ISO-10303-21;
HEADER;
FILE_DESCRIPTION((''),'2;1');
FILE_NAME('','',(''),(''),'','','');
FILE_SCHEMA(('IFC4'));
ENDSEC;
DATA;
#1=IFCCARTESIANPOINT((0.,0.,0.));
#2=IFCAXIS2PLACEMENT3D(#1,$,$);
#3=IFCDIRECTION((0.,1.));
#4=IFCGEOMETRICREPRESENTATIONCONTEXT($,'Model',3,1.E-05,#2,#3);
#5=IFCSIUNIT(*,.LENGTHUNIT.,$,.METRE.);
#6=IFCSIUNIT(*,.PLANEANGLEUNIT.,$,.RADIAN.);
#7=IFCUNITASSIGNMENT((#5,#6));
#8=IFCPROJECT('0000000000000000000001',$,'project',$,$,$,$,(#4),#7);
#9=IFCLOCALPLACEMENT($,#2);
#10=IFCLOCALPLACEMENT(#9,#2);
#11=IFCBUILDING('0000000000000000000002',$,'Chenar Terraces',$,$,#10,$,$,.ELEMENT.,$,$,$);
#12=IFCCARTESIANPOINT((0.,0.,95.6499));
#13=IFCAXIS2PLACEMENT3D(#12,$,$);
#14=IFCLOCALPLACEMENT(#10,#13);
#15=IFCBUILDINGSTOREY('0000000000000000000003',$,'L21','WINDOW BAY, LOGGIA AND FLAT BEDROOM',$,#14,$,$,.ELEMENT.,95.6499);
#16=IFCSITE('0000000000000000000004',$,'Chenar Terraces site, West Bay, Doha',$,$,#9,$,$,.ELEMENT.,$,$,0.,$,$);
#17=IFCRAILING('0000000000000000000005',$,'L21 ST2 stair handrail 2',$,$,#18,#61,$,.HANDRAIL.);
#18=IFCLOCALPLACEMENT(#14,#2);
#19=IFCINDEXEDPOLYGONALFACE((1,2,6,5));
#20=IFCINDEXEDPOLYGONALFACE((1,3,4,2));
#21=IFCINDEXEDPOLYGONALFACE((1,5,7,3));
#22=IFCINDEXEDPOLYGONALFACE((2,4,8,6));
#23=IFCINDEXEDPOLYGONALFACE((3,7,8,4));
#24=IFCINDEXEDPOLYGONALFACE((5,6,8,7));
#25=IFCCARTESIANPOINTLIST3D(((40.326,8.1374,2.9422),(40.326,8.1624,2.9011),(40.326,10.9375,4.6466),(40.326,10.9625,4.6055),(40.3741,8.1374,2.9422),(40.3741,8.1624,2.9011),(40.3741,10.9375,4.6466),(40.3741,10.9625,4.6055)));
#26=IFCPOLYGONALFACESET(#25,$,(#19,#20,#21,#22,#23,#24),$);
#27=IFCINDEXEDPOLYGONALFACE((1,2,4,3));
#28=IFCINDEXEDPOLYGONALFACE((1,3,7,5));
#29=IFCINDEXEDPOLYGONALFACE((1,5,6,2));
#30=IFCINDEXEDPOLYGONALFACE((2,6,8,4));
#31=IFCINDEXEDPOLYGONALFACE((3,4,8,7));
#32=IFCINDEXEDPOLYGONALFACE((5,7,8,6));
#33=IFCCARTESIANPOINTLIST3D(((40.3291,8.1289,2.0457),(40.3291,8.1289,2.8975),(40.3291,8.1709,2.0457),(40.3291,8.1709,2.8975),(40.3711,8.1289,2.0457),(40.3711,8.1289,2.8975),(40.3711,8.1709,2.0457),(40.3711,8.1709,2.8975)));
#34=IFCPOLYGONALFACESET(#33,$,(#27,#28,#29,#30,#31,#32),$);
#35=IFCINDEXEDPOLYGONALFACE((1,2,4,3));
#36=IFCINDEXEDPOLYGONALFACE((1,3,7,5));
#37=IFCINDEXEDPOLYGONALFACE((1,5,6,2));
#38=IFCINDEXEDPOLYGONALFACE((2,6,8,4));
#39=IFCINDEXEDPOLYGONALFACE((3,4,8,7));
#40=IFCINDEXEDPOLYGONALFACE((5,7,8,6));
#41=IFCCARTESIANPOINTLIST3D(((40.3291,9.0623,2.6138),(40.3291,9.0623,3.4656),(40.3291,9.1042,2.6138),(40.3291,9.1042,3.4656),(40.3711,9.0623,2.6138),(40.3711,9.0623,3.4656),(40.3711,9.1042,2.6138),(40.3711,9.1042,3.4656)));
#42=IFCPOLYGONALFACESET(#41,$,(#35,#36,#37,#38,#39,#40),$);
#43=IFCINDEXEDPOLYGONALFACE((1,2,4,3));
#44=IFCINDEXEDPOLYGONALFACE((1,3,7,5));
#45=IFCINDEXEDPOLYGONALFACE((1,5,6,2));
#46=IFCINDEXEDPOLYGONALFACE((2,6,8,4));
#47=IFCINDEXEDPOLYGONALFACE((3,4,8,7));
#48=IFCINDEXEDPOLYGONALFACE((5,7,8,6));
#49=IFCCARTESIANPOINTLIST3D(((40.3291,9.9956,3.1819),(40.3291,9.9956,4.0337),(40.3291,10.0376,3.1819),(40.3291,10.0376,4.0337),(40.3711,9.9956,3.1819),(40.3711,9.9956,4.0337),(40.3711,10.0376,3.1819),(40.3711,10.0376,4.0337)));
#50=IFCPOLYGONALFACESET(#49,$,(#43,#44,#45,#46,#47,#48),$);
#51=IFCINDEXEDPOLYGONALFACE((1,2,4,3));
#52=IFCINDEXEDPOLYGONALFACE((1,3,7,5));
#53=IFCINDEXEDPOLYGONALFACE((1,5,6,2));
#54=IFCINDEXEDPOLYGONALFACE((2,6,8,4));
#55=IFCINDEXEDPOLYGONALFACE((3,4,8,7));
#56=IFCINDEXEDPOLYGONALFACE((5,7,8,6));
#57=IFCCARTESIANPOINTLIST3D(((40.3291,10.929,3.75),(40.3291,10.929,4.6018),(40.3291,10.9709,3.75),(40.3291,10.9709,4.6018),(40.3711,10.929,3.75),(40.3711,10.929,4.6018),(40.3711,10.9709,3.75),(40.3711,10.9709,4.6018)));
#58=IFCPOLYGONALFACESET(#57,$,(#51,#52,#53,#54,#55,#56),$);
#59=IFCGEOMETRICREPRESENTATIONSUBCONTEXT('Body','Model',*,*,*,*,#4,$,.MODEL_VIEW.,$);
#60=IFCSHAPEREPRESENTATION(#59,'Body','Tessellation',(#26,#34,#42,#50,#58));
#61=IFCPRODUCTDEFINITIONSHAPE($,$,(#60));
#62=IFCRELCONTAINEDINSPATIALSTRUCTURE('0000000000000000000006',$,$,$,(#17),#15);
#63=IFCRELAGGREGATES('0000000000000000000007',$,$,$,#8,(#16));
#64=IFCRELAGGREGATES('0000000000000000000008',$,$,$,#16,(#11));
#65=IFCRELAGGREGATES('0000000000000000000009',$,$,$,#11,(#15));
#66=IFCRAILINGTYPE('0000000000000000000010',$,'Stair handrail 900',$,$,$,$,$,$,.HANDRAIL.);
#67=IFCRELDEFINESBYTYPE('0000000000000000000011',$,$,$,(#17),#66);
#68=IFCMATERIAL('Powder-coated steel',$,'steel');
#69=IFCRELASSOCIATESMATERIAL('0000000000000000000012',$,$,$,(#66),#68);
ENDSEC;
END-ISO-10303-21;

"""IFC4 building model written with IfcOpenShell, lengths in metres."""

from ifc_helpers import new_model, si_unit, direction, frame, origin, origin_2d, place, context, subcontext, project, spatial, rectangle, extrude, material, type_object, element, save


model = new_model("IFC4")

# Units and contexts
model_context = context("Model", 3, precision=1e-05, world=origin(), true_north=direction((0.0, 1.0)))
body_context = subcontext(model_context, "Body", "Model", "MODEL_VIEW")
ifc_project = project(units=[si_unit("LENGTHUNIT", "METRE"), si_unit("PLANEANGLEUNIT", "RADIAN")], contexts=[model_context])

# Site, building, storey
site_placement = place(None, origin())
site = spatial("IfcSite", under=ifc_project, at=site_placement, Name="Chenar Terraces site, West Bay, Doha", CompositionType="ELEMENT", RefElevation=0.0)
building_placement = place(site_placement, origin())
building = spatial("IfcBuilding", under=site, at=building_placement, Name="Chenar Terraces", CompositionType="ELEMENT")
storey_placement = place(building_placement, frame((0.0, 0.0, 95.6499)))
storey = spatial("IfcBuildingStorey", under=building, at=storey_placement, Name="L21", Description="WINDOW BAY, LOGGIA AND FLAT BEDROOM", CompositionType="ELEMENT", Elevation=95.6499)

# Railing
ifc_material_1 = material(Name="Powder-coated steel", Category="steel")
railing_type_1 = type_object("IfcRailingType", Name="Stair handrail 900", PredefinedType="HANDRAIL", material=ifc_material_1)
railing_1_placement = place(storey_placement, frame((40.3501, 8.1499, 2.0457)))
element("IfcRailing", 1, at=railing_1_placement, inside=storey, type_object=railing_type_1, Name="L21 ST2 stair handrail 2", PredefinedType="HANDRAIL", context=body_context, shape_type="SweptSolid", body=[
    extrude(rectangle(XDim=0.0481, YDim=0.0481, at=origin_2d()), frame((0.0, 0.0, 0.876), z_axis=(0.0, 0.854203, 0.51994), x_axis=(-1.0, 0.0, 0.0)), (0.0, 0.0, 1.0), 3.2781),
    extrude(rectangle(XDim=0.042, YDim=0.042, at=origin_2d()), origin(), (0.0, 0.0, 1.0), 0.8518),
    extrude(rectangle(XDim=0.042, YDim=0.042, at=origin_2d()), frame((0.0, 0.9333, 0.5681)), (0.0, 0.0, 1.0), 0.8518),
    extrude(rectangle(XDim=0.042, YDim=0.042, at=origin_2d()), frame((0.0, 1.8667, 1.1362)), (0.0, 0.0, 1.0), 0.8518),
    extrude(rectangle(XDim=0.042, YDim=0.042, at=origin_2d()), frame((0.0, 2.8, 1.7043)), (0.0, 0.0, 1.0), 0.8518),
])

save(model, "model.ifc")
